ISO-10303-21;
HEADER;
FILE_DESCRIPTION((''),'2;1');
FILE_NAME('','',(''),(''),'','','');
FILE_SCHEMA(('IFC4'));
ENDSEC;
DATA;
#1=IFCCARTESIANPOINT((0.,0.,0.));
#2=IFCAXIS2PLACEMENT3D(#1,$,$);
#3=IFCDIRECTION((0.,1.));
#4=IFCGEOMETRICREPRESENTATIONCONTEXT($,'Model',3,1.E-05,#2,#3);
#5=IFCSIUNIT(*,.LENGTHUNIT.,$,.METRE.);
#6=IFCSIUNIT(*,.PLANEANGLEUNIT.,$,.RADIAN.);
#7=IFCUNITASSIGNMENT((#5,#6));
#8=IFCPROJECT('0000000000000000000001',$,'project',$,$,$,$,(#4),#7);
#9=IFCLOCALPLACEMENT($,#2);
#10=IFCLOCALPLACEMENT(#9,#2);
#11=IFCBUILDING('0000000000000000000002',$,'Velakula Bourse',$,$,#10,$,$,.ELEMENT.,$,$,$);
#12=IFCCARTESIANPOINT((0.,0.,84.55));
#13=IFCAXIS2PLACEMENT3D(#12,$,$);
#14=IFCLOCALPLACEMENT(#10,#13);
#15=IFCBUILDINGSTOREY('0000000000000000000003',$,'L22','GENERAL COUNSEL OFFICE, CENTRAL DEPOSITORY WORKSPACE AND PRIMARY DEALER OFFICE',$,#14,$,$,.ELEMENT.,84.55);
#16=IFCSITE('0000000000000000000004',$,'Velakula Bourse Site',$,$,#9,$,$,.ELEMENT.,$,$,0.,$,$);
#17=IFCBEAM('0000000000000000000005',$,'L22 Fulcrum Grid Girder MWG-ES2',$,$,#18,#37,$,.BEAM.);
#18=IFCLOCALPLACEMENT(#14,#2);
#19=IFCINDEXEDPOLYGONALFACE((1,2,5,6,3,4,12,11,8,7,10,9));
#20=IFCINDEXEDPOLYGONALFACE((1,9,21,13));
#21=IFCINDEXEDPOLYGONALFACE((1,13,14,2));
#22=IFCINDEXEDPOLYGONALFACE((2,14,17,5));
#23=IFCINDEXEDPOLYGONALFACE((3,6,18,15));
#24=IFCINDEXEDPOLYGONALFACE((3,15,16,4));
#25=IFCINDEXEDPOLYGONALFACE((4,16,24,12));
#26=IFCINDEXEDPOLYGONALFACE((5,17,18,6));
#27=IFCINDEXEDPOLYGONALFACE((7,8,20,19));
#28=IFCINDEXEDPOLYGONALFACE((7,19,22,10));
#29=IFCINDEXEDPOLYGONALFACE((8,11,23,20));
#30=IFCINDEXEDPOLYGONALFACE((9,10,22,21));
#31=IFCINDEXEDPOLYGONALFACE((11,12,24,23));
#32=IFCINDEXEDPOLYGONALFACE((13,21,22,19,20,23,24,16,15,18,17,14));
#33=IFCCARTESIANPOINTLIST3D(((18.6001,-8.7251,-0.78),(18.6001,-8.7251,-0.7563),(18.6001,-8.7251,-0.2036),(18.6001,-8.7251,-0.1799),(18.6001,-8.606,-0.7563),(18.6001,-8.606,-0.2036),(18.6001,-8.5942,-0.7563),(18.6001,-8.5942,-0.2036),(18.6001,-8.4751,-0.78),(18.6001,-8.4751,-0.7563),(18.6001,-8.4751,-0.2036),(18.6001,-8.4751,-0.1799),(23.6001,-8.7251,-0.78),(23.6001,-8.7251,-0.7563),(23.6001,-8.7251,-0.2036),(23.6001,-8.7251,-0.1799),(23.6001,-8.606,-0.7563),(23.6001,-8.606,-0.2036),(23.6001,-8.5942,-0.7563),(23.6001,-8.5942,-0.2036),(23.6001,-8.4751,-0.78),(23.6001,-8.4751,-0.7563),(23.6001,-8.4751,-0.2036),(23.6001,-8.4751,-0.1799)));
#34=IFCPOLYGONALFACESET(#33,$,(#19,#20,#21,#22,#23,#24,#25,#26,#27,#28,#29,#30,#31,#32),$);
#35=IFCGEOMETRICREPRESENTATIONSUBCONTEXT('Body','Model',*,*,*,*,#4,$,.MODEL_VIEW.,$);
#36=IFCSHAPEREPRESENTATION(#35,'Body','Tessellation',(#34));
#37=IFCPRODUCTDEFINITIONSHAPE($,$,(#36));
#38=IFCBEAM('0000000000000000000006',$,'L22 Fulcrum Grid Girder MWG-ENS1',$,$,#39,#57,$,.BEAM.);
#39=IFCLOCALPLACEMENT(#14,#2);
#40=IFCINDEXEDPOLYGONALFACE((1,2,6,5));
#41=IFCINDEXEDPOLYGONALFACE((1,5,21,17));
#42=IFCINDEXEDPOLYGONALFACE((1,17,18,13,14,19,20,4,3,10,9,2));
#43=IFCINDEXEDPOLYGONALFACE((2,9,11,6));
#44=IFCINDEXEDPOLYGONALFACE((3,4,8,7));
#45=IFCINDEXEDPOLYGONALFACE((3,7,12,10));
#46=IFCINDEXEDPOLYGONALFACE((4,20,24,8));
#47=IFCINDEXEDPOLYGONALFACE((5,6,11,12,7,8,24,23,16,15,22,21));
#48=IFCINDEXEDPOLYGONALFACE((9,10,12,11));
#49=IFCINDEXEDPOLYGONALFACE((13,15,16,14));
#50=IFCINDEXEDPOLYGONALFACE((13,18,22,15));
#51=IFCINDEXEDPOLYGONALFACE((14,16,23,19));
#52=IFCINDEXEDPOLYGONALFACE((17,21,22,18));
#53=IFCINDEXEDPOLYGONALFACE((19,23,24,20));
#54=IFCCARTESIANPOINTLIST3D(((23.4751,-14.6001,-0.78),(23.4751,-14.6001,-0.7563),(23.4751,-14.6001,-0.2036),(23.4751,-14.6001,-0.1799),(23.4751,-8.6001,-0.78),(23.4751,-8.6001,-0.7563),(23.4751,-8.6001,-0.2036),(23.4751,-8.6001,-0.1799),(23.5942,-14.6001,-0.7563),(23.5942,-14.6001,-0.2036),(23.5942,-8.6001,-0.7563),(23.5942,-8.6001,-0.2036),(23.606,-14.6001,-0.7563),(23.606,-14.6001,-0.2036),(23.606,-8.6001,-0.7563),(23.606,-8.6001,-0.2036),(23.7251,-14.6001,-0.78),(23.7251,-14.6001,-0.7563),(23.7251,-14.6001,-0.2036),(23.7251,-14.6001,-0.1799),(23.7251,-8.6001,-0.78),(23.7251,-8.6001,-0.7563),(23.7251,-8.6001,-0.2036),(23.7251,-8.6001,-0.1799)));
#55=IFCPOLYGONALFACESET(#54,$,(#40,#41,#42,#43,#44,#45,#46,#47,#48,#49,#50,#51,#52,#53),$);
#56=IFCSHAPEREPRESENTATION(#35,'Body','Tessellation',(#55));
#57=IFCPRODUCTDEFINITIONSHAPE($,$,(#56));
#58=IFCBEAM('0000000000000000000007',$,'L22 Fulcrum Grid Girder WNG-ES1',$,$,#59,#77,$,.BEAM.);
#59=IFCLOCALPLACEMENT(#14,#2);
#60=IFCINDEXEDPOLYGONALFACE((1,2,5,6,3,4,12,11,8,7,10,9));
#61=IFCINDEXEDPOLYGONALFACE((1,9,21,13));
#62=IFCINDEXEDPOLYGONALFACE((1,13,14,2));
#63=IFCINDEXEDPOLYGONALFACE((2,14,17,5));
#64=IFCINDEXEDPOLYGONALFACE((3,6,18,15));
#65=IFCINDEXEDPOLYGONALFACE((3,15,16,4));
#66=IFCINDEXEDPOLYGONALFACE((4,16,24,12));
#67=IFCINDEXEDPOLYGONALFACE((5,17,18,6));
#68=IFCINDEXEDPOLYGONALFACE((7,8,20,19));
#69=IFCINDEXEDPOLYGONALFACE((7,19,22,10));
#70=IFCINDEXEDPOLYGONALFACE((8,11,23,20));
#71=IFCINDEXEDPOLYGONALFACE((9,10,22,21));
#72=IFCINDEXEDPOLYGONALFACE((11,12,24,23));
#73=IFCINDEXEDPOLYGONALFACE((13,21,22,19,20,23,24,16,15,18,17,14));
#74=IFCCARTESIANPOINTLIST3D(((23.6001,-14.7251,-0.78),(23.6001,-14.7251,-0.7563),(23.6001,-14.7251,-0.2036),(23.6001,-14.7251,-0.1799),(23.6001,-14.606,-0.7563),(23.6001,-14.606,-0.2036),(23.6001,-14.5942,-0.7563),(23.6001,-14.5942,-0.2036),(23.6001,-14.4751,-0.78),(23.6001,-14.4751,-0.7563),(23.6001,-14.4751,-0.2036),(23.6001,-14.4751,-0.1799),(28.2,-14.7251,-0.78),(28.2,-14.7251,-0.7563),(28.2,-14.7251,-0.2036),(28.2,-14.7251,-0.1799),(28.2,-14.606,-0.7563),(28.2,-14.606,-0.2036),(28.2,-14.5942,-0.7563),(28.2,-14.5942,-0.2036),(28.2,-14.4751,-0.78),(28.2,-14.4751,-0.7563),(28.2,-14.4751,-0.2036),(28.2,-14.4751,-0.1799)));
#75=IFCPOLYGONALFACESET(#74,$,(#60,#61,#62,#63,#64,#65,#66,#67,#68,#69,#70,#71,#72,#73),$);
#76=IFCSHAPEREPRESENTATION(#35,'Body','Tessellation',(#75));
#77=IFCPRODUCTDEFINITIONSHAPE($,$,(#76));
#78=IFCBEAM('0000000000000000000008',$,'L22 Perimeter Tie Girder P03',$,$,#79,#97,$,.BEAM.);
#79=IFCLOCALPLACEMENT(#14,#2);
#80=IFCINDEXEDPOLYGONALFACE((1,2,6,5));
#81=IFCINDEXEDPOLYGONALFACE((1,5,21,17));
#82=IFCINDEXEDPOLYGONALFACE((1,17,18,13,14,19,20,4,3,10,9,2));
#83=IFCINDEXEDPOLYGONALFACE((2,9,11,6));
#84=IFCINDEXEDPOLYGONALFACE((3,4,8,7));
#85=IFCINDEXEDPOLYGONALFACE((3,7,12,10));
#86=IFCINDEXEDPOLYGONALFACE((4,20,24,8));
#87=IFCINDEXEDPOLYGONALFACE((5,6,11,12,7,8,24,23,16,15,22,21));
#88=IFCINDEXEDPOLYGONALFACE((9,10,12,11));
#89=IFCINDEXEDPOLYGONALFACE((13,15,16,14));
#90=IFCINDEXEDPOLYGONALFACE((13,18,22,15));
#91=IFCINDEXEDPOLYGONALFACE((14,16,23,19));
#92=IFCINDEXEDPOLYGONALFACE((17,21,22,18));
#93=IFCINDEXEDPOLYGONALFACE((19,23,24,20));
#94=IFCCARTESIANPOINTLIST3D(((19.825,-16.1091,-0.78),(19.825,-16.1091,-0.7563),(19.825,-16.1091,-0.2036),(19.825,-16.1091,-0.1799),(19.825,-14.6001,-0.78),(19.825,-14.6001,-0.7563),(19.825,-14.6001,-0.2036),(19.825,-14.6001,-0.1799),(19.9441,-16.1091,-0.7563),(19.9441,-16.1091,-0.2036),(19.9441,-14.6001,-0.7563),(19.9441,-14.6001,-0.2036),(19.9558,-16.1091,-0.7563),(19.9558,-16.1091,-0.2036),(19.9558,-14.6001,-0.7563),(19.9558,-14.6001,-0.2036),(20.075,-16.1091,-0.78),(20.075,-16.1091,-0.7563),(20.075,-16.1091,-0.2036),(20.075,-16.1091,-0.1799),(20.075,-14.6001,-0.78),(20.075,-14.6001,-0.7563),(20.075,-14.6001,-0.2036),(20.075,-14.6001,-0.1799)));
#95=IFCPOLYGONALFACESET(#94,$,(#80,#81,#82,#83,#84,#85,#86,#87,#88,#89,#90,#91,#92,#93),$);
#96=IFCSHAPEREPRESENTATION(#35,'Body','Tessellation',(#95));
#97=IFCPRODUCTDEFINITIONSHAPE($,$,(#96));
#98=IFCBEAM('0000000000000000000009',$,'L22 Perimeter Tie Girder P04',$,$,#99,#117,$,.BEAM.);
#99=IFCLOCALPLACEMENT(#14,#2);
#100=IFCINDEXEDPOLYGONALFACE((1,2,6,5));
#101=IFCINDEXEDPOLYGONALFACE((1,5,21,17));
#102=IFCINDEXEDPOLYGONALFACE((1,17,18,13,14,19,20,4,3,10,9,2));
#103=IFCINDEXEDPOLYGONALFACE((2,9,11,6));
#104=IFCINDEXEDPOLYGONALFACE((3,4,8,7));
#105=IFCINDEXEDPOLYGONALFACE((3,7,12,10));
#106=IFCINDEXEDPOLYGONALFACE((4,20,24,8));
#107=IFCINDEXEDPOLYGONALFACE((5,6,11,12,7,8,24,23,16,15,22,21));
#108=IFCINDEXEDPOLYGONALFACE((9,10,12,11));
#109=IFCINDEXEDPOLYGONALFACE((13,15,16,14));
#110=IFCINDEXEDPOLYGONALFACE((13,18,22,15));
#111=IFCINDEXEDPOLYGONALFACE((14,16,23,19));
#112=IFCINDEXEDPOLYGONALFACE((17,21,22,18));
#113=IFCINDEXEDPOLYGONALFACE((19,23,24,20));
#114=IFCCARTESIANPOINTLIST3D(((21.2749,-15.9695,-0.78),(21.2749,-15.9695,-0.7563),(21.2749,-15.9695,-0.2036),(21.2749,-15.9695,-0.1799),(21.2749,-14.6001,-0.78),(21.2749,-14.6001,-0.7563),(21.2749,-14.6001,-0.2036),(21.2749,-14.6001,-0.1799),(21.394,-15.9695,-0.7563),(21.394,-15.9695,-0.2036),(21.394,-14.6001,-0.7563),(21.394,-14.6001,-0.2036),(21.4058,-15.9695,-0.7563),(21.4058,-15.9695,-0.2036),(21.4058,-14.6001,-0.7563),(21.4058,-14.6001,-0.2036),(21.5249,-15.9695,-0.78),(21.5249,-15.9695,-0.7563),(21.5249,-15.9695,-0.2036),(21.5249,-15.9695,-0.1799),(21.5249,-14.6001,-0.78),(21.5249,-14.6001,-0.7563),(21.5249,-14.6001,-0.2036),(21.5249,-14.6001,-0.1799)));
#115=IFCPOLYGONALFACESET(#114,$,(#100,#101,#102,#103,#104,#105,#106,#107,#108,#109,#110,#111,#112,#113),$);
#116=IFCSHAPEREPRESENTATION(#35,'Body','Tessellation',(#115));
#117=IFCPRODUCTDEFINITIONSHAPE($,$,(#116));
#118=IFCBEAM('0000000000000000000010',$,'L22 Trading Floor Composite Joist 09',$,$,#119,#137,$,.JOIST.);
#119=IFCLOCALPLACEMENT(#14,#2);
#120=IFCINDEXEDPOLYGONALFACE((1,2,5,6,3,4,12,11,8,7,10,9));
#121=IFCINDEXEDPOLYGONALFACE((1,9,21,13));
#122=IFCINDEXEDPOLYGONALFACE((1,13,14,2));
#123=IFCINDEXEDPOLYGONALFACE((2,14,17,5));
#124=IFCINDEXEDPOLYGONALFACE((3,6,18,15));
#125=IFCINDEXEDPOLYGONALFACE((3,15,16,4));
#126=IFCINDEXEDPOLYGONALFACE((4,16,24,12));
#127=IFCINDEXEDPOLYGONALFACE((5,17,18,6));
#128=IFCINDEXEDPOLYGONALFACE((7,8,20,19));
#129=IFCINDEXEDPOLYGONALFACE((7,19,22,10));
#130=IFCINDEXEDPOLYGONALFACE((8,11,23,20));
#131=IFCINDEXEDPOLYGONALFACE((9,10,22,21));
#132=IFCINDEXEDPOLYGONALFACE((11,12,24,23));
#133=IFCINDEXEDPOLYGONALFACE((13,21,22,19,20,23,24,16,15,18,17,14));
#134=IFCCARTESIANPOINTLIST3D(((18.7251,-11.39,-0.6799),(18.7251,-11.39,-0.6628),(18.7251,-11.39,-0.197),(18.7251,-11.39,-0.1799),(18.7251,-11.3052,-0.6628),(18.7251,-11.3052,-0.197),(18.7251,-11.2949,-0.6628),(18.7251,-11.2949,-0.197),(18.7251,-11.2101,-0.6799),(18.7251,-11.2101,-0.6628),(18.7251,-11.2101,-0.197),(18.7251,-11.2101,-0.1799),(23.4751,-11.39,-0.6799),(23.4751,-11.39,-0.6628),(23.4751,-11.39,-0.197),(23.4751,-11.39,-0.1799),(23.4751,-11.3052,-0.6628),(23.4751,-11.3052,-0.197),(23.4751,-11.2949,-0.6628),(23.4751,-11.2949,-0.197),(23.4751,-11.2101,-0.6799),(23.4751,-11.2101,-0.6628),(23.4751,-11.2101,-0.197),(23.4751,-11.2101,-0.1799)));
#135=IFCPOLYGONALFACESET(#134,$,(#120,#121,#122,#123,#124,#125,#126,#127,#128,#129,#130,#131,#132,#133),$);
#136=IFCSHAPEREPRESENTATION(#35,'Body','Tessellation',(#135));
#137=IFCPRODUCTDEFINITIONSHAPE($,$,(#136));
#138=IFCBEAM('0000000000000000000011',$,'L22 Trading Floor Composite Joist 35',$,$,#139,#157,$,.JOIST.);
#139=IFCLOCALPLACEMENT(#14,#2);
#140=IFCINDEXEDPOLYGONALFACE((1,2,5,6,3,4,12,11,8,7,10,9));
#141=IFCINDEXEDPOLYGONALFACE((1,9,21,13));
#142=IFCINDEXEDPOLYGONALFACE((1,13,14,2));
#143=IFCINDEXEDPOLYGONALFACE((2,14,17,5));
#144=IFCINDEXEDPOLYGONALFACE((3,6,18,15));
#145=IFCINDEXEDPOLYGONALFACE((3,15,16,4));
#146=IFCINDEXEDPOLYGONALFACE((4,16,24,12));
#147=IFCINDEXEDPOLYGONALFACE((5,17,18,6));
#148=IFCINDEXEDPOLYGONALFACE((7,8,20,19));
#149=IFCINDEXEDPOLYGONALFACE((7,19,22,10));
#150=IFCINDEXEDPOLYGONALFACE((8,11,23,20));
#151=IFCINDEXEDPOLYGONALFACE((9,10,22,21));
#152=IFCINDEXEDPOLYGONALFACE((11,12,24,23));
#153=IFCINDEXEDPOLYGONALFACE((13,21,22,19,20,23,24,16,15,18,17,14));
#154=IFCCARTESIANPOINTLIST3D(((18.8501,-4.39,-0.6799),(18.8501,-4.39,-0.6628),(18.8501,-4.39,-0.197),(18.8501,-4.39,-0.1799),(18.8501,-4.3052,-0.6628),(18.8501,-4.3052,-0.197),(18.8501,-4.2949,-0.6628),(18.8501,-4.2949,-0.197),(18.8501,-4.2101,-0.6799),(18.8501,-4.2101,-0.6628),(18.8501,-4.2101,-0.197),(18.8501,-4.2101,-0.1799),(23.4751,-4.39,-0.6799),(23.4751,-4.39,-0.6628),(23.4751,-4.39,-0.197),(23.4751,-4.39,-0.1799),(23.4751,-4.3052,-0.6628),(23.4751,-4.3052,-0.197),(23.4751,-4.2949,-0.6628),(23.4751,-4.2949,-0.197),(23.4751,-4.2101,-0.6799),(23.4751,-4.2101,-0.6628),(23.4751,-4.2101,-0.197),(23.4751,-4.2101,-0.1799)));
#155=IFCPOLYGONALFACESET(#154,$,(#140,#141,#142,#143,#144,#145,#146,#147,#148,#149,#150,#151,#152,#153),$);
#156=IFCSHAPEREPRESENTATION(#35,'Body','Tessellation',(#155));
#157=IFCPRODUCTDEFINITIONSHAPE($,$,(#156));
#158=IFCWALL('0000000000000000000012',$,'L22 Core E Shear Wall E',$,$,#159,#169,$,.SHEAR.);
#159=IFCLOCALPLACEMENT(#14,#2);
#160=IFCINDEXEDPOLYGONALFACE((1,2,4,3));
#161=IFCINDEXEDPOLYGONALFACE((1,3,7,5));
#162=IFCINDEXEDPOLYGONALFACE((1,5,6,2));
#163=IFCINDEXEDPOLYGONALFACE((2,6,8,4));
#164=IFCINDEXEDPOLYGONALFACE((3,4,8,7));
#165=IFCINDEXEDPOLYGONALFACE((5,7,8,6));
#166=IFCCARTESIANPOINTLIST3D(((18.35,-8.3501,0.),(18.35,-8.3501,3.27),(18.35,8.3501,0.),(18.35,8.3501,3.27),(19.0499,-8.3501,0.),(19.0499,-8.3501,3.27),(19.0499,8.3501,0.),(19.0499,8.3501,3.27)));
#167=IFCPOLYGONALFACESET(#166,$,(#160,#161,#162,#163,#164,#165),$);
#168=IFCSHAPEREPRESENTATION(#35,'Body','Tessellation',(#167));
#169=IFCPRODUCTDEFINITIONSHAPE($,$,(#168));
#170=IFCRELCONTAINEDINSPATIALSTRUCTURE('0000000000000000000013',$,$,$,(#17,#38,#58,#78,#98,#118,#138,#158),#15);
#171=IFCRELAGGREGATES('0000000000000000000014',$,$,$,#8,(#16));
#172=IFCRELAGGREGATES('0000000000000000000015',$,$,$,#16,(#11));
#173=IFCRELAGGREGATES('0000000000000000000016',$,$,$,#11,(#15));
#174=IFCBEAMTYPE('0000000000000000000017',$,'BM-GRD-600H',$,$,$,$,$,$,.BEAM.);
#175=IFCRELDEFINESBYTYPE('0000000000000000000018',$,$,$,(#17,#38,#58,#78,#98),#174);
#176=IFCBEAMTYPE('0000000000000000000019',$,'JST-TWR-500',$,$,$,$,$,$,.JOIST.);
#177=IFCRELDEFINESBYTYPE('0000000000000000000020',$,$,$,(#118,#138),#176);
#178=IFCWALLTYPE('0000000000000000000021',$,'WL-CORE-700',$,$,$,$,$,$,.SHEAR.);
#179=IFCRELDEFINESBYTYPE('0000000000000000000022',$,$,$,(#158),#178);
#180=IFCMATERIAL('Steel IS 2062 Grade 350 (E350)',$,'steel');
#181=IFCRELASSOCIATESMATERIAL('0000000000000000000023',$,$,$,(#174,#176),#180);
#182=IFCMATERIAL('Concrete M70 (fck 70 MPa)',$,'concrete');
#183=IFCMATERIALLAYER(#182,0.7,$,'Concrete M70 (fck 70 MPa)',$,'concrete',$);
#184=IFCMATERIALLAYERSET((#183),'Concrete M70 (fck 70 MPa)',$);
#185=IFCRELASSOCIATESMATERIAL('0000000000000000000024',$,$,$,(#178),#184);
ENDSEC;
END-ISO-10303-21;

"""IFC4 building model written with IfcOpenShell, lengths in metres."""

from ifc_helpers import new_model, si_unit, direction, frame, frame_2d, origin, origin_2d, place, context, subcontext, project, spatial, rectangle, i_section, extrude, material, layer, layer_set, material_profile, profile_set, type_object, element, save


model = new_model("IFC4")

# Units and contexts
model_context = context("Model", 3, precision=1e-05, world=origin(), true_north=direction((0.0, 1.0)))
body_context = subcontext(model_context, "Body", "Model", "MODEL_VIEW")
ifc_project = project(units=[si_unit("LENGTHUNIT", "METRE"), si_unit("PLANEANGLEUNIT", "RADIAN")], contexts=[model_context])

# Site, building, storey
site_placement = place(None, origin())
site = spatial("IfcSite", under=ifc_project, at=site_placement, Name="Velakula Bourse Site", CompositionType="ELEMENT", RefElevation=0.0)
building_placement = place(site_placement, origin())
building = spatial("IfcBuilding", under=site, at=building_placement, Name="Velakula Bourse", CompositionType="ELEMENT")
storey_placement = place(building_placement, frame((0.0, 0.0, 84.55)))
storey = spatial("IfcBuildingStorey", under=building, at=storey_placement, Name="L22", Description="GENERAL COUNSEL OFFICE, CENTRAL DEPOSITORY WORKSPACE AND PRIMARY DEALER OFFICE", CompositionType="ELEMENT", Elevation=84.55)

# Shared definitions
ifc_material_1 = material(Name="Concrete M70 (fck 70 MPa)", Category="concrete")

# Beams
ifc_material_2 = material(Name="Steel IS 2062 Grade 350 (E350)", Category="steel")
ifc_material_profile_1 = material_profile(ifc_material_2, i_section(OverallWidth=0.25, OverallDepth=0.6001, WebThickness=0.0117, FlangeThickness=0.0237, at=origin_2d()), Name="Steel IS 2062 Grade 350 (E350)")
ifc_profile_set_1 = profile_set([ifc_material_profile_1], Name="Steel IS 2062 Grade 350 (E350)")
beam_type_1 = type_object("IfcBeamType", Name="BM-GRD-600H", PredefinedType="BEAM", material=ifc_profile_set_1)
beam_1_placement = place(storey_placement, frame((18.6001, -8.6001, -0.48), z_axis=(1.0, 0.0, 0.0), x_axis=(0.0, 1.0, 0.0)))
element("IfcBeam", 1, at=beam_1_placement, inside=storey, type_object=beam_type_1, Name="L22 Fulcrum Grid Girder MWG-ES2", PredefinedType="BEAM", context=body_context, shape_type="SweptSolid", body=[
    extrude(i_section(OverallWidth=0.25, OverallDepth=0.6001, WebThickness=0.0117, FlangeThickness=0.0237, at=origin_2d()), origin(), (0.0, 0.0, 1.0), 5.0),
])
beam_2_placement = place(storey_placement, frame((23.6001, -14.6001, -0.48), z_axis=(0.0, 1.0, 0.0), x_axis=(-1.0, 0.0, 0.0)))
element("IfcBeam", 2, at=beam_2_placement, inside=storey, type_object=beam_type_1, Name="L22 Fulcrum Grid Girder MWG-ENS1", PredefinedType="BEAM", context=body_context, shape_type="SweptSolid", body=[
    extrude(i_section(OverallWidth=0.25, OverallDepth=0.6001, WebThickness=0.0117, FlangeThickness=0.0237, at=origin_2d()), origin(), (0.0, 0.0, 1.0), 6.0),
])
beam_3_placement = place(storey_placement, frame((23.6001, -14.6001, -0.48), z_axis=(1.0, 0.0, 0.0), x_axis=(0.0, 1.0, 0.0)))
element("IfcBeam", 3, at=beam_3_placement, inside=storey, type_object=beam_type_1, Name="L22 Fulcrum Grid Girder WNG-ES1", PredefinedType="BEAM", context=body_context, shape_type="SweptSolid", body=[
    extrude(i_section(OverallWidth=0.25, OverallDepth=0.6001, WebThickness=0.0117, FlangeThickness=0.0237, at=origin_2d()), origin(), (0.0, 0.0, 1.0), 4.5999),
])
beam_4_placement = place(storey_placement, frame((19.95, -14.6001, -0.48), z_axis=(0.0, -1.0, 0.0), x_axis=(1.0, 0.0, 0.0)))
element("IfcBeam", 4, at=beam_4_placement, inside=storey, type_object=beam_type_1, Name="L22 Perimeter Tie Girder P03", PredefinedType="BEAM", context=body_context, shape_type="SweptSolid", body=[
    extrude(i_section(OverallWidth=0.25, OverallDepth=0.6001, WebThickness=0.0117, FlangeThickness=0.0237, at=origin_2d()), origin(), (0.0, 0.0, 1.0), 1.509),
])
beam_5_placement = place(storey_placement, frame((21.3999, -14.6001, -0.48), z_axis=(0.0, -1.0, 0.0), x_axis=(1.0, 0.0, 0.0)))
element("IfcBeam", 5, at=beam_5_placement, inside=storey, type_object=beam_type_1, Name="L22 Perimeter Tie Girder P04", PredefinedType="BEAM", context=body_context, shape_type="SweptSolid", body=[
    extrude(i_section(OverallWidth=0.25, OverallDepth=0.6001, WebThickness=0.0117, FlangeThickness=0.0237, at=origin_2d()), origin(), (0.0, 0.0, 1.0), 1.3694),
])
ifc_material_profile_2 = material_profile(ifc_material_2, i_section(OverallWidth=0.1799, OverallDepth=0.5, WebThickness=0.0103, FlangeThickness=0.0171, at=origin_2d()), Name="Steel IS 2062 Grade 350 (E350)")
ifc_profile_set_2 = profile_set([ifc_material_profile_2], Name="Steel IS 2062 Grade 350 (E350)")
beam_type_2 = type_object("IfcBeamType", Name="JST-TWR-500", PredefinedType="JOIST", material=ifc_profile_set_2)
beam_6_placement = place(storey_placement, frame((18.7251, -11.3, -0.4299), z_axis=(1.0, 0.0, 0.0), x_axis=(0.0, 1.0, 0.0)))
element("IfcBeam", 6, at=beam_6_placement, inside=storey, type_object=beam_type_2, Name="L22 Trading Floor Composite Joist 09", PredefinedType="JOIST", context=body_context, shape_type="SweptSolid", body=[
    extrude(i_section(OverallWidth=0.1799, OverallDepth=0.5, WebThickness=0.0103, FlangeThickness=0.0171, at=origin_2d()), origin(), (0.0, 0.0, 1.0), 4.75),
])
beam_7_placement = place(storey_placement, frame((18.8501, -4.3, -0.4299), z_axis=(1.0, 0.0, 0.0), x_axis=(0.0, 1.0, 0.0)))
element("IfcBeam", 7, at=beam_7_placement, inside=storey, type_object=beam_type_2, Name="L22 Trading Floor Composite Joist 35", PredefinedType="JOIST", context=body_context, shape_type="SweptSolid", body=[
    extrude(i_section(OverallWidth=0.1799, OverallDepth=0.5, WebThickness=0.0103, FlangeThickness=0.0171, at=origin_2d()), origin(), (0.0, 0.0, 1.0), 4.625),
])

# Wall
ifc_layer_1 = layer(ifc_material_1, 0.7, Name="Concrete M70 (fck 70 MPa)", Category="concrete")
ifc_layer_set_1 = layer_set([ifc_layer_1], Name="Concrete M70 (fck 70 MPa)")
wall_type_1 = type_object("IfcWallType", Name="WL-CORE-700", PredefinedType="SHEAR", material=ifc_layer_set_1)
wall_1_placement = place(storey_placement, frame((18.7, -8.3501, 0.0), z_axis=(0.0, 0.0, 1.0), x_axis=(0.0, 1.0, 0.0)))
element("IfcWall", 8, at=wall_1_placement, inside=storey, type_object=wall_type_1, Name="L22 Core E Shear Wall E", PredefinedType="SHEAR", context=body_context, shape_type="SweptSolid", body=[
    extrude(rectangle(XDim=16.7002, YDim=0.7, at=frame_2d((8.3501, 0.0))), origin(), (0.0, 0.0, 1.0), 3.27),
])

save(model, "model.ifc")
